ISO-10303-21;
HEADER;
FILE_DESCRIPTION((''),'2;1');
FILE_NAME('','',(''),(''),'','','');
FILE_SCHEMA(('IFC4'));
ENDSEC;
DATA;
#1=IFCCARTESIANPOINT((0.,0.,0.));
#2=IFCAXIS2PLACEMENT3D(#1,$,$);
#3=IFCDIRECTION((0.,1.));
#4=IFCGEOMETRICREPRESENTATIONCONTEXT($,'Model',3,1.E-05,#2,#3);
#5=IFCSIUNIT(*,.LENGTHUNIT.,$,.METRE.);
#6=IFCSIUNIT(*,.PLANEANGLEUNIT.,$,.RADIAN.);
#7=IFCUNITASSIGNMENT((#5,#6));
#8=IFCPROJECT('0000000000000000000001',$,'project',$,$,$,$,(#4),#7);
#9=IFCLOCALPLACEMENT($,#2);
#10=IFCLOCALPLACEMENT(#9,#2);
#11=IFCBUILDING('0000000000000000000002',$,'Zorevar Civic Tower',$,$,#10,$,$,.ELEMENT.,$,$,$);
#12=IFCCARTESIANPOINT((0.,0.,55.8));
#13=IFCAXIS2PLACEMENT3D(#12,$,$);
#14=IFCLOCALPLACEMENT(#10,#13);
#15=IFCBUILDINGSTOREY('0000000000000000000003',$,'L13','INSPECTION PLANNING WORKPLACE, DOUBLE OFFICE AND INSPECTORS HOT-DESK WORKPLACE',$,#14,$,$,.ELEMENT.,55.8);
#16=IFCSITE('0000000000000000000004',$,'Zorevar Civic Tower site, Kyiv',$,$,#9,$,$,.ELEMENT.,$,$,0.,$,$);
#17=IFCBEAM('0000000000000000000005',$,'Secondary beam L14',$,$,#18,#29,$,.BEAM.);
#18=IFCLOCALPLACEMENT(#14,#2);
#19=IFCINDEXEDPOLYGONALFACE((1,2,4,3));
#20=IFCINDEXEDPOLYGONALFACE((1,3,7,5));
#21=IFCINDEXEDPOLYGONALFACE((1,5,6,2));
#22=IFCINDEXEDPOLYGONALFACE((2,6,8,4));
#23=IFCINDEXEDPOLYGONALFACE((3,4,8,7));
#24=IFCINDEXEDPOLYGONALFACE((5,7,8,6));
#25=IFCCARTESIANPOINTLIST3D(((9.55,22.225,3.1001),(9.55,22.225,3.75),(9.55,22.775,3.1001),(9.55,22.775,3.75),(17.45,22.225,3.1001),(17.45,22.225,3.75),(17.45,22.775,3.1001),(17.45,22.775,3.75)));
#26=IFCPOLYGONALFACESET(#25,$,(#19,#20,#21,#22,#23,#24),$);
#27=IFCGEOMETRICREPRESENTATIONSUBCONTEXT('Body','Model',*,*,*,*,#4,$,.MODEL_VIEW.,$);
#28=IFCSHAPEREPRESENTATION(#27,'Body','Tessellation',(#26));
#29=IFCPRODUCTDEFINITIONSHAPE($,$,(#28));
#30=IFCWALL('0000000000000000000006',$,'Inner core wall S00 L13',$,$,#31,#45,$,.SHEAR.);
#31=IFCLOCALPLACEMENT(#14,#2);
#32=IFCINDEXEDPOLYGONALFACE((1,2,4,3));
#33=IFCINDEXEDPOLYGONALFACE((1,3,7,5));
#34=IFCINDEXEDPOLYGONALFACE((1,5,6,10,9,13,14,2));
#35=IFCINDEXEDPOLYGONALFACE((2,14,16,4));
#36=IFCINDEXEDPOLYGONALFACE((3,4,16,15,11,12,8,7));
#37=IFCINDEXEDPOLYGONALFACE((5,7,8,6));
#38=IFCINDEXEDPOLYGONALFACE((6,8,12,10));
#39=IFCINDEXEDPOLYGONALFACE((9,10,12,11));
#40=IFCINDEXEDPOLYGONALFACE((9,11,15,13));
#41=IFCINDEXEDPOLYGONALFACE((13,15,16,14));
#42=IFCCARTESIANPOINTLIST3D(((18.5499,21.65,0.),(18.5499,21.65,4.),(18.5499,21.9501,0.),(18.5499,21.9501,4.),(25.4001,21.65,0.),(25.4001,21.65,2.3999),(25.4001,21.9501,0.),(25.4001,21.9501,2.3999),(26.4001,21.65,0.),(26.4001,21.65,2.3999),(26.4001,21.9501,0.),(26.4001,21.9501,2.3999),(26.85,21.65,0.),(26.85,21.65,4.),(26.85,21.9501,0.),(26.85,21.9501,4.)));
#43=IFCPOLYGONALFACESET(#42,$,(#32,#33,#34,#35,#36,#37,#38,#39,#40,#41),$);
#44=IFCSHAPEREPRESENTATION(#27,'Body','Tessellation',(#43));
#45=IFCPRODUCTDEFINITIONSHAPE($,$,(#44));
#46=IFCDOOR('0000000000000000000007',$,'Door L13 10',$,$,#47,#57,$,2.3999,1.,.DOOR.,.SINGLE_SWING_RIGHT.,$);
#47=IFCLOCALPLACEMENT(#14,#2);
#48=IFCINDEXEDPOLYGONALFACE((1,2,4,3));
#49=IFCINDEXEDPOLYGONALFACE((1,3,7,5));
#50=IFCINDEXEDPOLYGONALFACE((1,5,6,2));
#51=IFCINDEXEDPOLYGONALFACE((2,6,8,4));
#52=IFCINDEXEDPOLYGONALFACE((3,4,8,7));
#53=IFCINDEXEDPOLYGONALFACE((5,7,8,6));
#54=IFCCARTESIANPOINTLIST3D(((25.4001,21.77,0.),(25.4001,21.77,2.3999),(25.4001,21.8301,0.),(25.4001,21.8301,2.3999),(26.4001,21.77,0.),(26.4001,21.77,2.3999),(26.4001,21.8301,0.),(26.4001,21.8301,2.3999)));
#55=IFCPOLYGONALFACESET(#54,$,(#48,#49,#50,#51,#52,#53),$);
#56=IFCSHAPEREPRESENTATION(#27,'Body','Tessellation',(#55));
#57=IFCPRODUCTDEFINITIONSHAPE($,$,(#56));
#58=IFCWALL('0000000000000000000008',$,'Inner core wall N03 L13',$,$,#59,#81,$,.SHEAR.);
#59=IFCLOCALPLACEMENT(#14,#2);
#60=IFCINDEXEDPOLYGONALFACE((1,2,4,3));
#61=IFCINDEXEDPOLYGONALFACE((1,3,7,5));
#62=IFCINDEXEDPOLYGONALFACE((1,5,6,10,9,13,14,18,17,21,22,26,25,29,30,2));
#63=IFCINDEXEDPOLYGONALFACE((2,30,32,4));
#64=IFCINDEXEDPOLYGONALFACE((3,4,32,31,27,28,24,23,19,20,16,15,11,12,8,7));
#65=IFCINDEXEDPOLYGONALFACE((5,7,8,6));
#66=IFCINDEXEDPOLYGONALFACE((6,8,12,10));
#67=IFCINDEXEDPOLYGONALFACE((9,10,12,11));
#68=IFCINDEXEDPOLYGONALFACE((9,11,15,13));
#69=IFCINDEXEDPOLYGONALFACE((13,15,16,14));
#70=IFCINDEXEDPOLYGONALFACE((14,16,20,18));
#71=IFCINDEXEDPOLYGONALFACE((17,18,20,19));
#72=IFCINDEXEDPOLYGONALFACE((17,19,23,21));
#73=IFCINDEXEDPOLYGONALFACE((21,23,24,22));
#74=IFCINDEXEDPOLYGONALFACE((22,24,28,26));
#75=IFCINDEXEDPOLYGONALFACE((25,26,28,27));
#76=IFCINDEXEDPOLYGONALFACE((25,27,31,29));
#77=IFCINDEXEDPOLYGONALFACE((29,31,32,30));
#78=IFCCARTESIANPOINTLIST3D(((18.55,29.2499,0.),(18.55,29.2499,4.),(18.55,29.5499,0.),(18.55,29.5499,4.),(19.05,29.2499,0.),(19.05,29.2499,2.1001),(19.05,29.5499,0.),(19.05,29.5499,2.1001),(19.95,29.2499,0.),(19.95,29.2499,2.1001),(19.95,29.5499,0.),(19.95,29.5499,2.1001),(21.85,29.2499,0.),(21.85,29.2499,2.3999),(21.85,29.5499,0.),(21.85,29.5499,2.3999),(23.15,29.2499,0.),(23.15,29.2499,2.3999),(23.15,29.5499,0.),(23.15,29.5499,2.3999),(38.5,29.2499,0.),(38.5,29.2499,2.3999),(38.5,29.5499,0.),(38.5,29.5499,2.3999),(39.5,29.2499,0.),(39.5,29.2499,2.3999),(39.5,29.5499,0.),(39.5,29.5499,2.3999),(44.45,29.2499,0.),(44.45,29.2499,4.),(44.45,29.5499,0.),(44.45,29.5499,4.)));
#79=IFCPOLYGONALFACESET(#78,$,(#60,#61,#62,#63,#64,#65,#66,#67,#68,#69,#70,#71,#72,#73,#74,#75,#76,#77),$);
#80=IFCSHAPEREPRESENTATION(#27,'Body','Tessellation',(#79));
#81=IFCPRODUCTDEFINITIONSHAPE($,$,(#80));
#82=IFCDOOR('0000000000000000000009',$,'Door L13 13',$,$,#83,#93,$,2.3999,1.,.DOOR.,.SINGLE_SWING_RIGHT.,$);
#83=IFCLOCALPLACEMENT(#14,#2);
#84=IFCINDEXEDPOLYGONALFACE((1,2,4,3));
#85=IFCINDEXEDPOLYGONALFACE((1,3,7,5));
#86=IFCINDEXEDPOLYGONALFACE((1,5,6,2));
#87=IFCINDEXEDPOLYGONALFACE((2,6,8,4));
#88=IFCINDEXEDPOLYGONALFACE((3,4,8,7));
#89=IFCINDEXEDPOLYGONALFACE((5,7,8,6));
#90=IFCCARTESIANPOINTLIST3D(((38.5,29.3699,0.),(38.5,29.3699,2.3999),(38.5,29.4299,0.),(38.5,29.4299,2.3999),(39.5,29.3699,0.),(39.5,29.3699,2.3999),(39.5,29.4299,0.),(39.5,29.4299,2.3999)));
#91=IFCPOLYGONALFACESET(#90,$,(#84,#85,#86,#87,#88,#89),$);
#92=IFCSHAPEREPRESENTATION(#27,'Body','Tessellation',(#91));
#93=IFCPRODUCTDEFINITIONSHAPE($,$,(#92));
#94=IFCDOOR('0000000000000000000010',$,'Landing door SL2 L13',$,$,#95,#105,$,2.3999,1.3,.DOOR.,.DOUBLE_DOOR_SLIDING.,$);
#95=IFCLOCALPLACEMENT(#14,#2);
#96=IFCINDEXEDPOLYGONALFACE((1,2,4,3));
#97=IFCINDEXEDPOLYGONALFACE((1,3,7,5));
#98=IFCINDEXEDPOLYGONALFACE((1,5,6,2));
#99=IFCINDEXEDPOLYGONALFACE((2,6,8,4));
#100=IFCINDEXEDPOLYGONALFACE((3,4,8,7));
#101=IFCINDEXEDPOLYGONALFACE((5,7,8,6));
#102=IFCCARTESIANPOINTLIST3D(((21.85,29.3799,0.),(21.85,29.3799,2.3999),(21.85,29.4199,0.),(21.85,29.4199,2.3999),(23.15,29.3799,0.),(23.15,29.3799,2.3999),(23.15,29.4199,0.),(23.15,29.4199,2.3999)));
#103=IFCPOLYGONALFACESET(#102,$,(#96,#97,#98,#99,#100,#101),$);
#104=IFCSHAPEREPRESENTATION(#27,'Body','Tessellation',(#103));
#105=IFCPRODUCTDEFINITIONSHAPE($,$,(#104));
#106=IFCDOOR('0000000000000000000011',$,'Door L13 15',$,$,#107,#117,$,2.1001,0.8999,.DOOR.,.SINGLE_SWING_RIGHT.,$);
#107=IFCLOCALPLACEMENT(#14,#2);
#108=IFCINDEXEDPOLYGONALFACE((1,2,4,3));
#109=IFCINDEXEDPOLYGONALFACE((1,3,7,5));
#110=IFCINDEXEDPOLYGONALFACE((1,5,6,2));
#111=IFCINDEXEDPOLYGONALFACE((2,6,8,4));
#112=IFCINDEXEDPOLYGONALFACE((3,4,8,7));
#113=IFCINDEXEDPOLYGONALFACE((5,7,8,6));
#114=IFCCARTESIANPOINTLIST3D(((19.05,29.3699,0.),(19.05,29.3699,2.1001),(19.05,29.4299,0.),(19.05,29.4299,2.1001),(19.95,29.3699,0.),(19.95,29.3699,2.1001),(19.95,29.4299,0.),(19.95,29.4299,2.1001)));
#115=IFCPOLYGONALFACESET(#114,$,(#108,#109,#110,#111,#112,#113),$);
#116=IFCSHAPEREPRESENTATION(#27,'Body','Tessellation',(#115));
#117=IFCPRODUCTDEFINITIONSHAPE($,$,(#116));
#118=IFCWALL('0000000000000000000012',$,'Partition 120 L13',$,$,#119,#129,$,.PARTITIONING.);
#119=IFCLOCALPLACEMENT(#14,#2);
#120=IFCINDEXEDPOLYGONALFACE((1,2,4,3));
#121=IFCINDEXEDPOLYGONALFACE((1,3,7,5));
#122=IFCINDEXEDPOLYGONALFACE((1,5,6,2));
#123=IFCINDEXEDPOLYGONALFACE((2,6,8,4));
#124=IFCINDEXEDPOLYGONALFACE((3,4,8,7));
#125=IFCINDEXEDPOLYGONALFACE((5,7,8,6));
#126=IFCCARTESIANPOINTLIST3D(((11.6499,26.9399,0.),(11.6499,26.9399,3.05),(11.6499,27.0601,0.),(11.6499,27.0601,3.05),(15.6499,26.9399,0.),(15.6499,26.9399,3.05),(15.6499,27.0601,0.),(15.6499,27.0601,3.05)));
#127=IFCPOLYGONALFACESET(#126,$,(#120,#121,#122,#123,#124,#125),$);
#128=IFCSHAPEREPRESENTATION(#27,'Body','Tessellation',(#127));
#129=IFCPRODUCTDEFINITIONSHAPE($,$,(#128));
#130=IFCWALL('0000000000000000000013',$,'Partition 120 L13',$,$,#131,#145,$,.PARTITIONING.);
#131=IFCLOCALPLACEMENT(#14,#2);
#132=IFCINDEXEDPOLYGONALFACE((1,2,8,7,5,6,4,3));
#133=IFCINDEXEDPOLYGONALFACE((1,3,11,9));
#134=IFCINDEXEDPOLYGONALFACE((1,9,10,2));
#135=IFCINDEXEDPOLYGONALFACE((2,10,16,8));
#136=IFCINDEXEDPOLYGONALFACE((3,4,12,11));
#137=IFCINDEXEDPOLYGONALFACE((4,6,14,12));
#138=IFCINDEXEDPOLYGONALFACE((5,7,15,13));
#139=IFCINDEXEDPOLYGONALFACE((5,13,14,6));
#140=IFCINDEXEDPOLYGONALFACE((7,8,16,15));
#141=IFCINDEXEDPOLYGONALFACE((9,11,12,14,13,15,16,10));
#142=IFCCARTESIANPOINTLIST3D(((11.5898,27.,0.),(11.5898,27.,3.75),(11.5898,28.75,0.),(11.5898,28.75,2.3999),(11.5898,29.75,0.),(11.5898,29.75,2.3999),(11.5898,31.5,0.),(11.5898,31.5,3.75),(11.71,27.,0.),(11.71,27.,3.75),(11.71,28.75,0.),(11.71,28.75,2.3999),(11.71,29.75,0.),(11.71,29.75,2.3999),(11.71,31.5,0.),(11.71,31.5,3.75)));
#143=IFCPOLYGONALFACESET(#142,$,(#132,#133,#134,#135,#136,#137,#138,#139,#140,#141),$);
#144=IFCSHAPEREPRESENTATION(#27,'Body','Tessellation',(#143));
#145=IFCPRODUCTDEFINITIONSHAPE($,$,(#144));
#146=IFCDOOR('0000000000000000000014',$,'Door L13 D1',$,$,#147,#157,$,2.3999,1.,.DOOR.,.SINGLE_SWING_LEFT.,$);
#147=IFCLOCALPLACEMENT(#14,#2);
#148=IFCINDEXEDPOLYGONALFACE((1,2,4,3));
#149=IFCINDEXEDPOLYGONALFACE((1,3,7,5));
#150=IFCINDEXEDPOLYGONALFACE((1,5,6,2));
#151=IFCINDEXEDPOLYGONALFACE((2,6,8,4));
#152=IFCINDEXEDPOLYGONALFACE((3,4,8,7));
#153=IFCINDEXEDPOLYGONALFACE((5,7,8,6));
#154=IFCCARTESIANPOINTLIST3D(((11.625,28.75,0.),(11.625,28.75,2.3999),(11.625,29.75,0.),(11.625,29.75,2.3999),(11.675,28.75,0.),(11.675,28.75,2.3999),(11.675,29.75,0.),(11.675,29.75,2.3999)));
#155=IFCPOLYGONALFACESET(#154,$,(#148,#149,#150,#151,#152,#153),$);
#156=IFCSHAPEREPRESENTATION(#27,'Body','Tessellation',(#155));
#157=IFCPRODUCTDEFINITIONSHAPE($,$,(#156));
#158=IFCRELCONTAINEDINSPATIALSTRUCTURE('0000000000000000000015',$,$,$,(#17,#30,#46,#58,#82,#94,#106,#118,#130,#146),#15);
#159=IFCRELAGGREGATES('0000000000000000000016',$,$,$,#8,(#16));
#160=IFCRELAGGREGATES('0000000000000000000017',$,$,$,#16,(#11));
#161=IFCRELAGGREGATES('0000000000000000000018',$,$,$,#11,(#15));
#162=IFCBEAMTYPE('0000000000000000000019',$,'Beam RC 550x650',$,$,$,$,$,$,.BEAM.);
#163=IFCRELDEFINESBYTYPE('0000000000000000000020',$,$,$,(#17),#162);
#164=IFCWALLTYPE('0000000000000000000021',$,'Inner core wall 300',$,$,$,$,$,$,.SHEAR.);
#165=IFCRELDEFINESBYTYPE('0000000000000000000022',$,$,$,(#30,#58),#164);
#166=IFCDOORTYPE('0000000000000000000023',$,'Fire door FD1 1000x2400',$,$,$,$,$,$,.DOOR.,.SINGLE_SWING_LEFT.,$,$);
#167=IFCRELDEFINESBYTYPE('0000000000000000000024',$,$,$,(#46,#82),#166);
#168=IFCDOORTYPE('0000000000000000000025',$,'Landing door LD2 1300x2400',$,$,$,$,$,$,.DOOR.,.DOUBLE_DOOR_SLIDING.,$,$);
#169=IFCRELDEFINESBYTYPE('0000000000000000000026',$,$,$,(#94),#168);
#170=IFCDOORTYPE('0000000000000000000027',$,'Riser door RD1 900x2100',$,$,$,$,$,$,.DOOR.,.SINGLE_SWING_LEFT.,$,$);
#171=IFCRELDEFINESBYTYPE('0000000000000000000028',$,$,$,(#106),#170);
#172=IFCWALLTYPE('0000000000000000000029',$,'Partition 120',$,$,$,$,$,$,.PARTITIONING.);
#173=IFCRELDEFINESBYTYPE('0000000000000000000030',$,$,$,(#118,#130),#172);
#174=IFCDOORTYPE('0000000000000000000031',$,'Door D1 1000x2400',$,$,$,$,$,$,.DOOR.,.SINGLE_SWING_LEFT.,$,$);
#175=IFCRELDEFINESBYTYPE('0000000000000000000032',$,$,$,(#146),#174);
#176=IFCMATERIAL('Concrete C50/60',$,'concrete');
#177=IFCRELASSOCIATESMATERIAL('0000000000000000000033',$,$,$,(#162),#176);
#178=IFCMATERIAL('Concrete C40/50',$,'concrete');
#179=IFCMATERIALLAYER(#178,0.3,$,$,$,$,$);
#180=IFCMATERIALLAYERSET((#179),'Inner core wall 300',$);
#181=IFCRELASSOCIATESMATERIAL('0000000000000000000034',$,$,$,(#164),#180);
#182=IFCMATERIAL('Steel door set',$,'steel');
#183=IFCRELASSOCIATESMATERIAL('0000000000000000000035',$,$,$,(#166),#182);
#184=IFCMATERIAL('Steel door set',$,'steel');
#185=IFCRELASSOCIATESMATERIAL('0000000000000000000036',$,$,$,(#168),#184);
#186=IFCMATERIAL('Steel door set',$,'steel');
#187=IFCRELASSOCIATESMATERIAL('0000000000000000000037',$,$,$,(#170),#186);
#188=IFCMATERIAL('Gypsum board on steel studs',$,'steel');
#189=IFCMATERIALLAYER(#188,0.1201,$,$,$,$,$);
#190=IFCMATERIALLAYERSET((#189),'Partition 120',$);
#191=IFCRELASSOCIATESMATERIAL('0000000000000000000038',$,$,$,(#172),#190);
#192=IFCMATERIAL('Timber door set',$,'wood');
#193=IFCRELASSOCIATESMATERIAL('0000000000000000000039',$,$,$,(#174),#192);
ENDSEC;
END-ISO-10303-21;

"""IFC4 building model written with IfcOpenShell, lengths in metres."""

from ifc_helpers import new_model, si_unit, direction, frame, frame_2d, origin, origin_2d, place, context, subcontext, project, spatial, rectangle, extrude, material, layer, layer_set, material_profile, profile_set, type_object, element, fill, save


model = new_model("IFC4")

# Units and contexts
model_context = context("Model", 3, precision=1e-05, world=origin(), true_north=direction((0.0, 1.0)))
body_context = subcontext(model_context, "Body", "Model", "MODEL_VIEW")
ifc_project = project(units=[si_unit("LENGTHUNIT", "METRE"), si_unit("PLANEANGLEUNIT", "RADIAN")], contexts=[model_context])

# Site, building, storey
site_placement = place(None, origin())
site = spatial("IfcSite", under=ifc_project, at=site_placement, Name="Zorevar Civic Tower site, Kyiv", CompositionType="ELEMENT", RefElevation=0.0)
building_placement = place(site_placement, origin())
building = spatial("IfcBuilding", under=site, at=building_placement, Name="Zorevar Civic Tower", CompositionType="ELEMENT")
storey_placement = place(building_placement, frame((0.0, 0.0, 55.8)))
storey = spatial("IfcBuildingStorey", under=building, at=storey_placement, Name="L13", Description="INSPECTION PLANNING WORKPLACE, DOUBLE OFFICE AND INSPECTORS HOT-DESK WORKPLACE", CompositionType="ELEMENT", Elevation=55.8)

# Beam
ifc_material_1 = material(Name="Concrete C50/60", Category="concrete")
ifc_material_profile = material_profile(ifc_material_1, rectangle(XDim=0.55, YDim=0.6499, at=origin_2d()), Name="RC 550x650")
ifc_profile_set = profile_set([ifc_material_profile], Name="Concrete C50/60")
beam_type = type_object("IfcBeamType", Name="Beam RC 550x650", PredefinedType="BEAM", material=ifc_profile_set)
beam_placement = place(storey_placement, frame((9.55, 22.5, 3.425), z_axis=(1.0, 0.0, 0.0), x_axis=(0.0, 1.0, 0.0)))
element("IfcBeam", 1, at=beam_placement, inside=storey, type_object=beam_type, Name="Secondary beam L14", PredefinedType="BEAM", context=body_context, shape_type="SweptSolid", body=[
    extrude(rectangle(XDim=0.55, YDim=0.6499, at=origin_2d()), origin(), (0.0, 0.0, 1.0), 7.8999),
])

# Wall, opening, door
ifc_material_2 = material(Name="Concrete C40/50", Category="concrete")
ifc_layer_1 = layer(ifc_material_2, 0.3)
ifc_layer_set_1 = layer_set([ifc_layer_1], Name="Inner core wall 300")
wall_type_1 = type_object("IfcWallType", Name="Inner core wall 300", PredefinedType="SHEAR", material=ifc_layer_set_1)
wall_1_placement = place(storey_placement, frame((18.55, 21.8, 0.0), z_axis=(0.0, 0.0, 1.0), x_axis=(1.0, 0.0, 0.0)))
wall_1 = element("IfcWall", 2, at=wall_1_placement, inside=storey, type_object=wall_type_1, Name="Inner core wall S00 L13", PredefinedType="SHEAR", context=body_context, shape_type="SweptSolid", body=[
    extrude(rectangle(XDim=8.3, YDim=0.3, at=frame_2d((4.1499, 0.0))), origin(), (0.0, 0.0, 1.0), 4.0),
])
opening_1_placement = place(wall_1_placement, frame((6.8501, 0.0, 0.0)))
opening_1 = element("IfcOpeningElement", 3, at=opening_1_placement, cuts=wall_1, PredefinedType="OPENING", context=body_context, shape_type="SweptSolid", body=[
    extrude(rectangle(XDim=1.0, YDim=2.3999, at=frame_2d((0.5, 1.2))), frame((0.0, 0.1599, 0.0), z_axis=(0.0, -1.0, 0.0), x_axis=(1.0, 0.0, 0.0)), (0.0, 0.0, 1.0), 0.3201),
])
ifc_material_3 = material(Name="Steel door set", Category="steel")
door_type_1 = type_object("IfcDoorType", Name="Fire door FD1 1000x2400", OperationType="SINGLE_SWING_LEFT", PredefinedType="DOOR", material=ifc_material_3)
door_1_placement = place(opening_1_placement, origin())
door_1 = element("IfcDoor", 4, at=door_1_placement, inside=storey, type_object=door_type_1, Name="Door L13 10", OperationType="SINGLE_SWING_RIGHT", OverallHeight=2.3999, OverallWidth=1.0, PredefinedType="DOOR", context=body_context, shape_type="SweptSolid", body=[
    extrude(rectangle(XDim=1.0, YDim=2.3999, at=frame_2d((0.5, 1.2))), frame((0.0, 0.03, 0.0), z_axis=(0.0, -1.0, 0.0), x_axis=(1.0, 0.0, 0.0)), (0.0, 0.0, 1.0), 0.0601),
])
fill(opening_1, door_1)

# Wall, openings, doors
ifc_material_4 = material(Name="Steel door set", Category="steel")
door_type_2 = type_object("IfcDoorType", Name="Landing door LD2 1300x2400", OperationType="DOUBLE_DOOR_SLIDING", PredefinedType="DOOR", material=ifc_material_4)
ifc_material_5 = material(Name="Steel door set", Category="steel")
door_type_3 = type_object("IfcDoorType", Name="Riser door RD1 900x2100", OperationType="SINGLE_SWING_LEFT", PredefinedType="DOOR", material=ifc_material_5)
wall_2_placement = place(storey_placement, frame((18.55, 29.3999, 0.0), z_axis=(0.0, 0.0, 1.0), x_axis=(1.0, 0.0, 0.0)))
wall_2 = element("IfcWall", 5, at=wall_2_placement, inside=storey, type_object=wall_type_1, Name="Inner core wall N03 L13", PredefinedType="SHEAR", context=body_context, shape_type="SweptSolid", body=[
    extrude(rectangle(XDim=25.8999, YDim=0.3, at=frame_2d((12.95, 0.0))), origin(), (0.0, 0.0, 1.0), 4.0),
])
opening_2_placement = place(wall_2_placement, frame((19.95, 0.0, 0.0)))
opening_2 = element("IfcOpeningElement", 6, at=opening_2_placement, cuts=wall_2, PredefinedType="OPENING", context=body_context, shape_type="SweptSolid", body=[
    extrude(rectangle(XDim=1.0, YDim=2.3999, at=frame_2d((0.5, 1.2))), frame((0.0, 0.1599, 0.0), z_axis=(0.0, -1.0, 0.0), x_axis=(1.0, 0.0, 0.0)), (0.0, 0.0, 1.0), 0.3201),
])
opening_3_placement = place(wall_2_placement, frame((0.5, 0.0, 0.0)))
opening_3 = element("IfcOpeningElement", 7, at=opening_3_placement, cuts=wall_2, PredefinedType="OPENING", context=body_context, shape_type="SweptSolid", body=[
    extrude(rectangle(XDim=0.8999, YDim=2.1001, at=frame_2d((0.45, 1.05))), frame((0.0, 0.1599, 0.0), z_axis=(0.0, -1.0, 0.0), x_axis=(1.0, 0.0, 0.0)), (0.0, 0.0, 1.0), 0.3201),
])
opening_4_placement = place(wall_2_placement, frame((3.3, 0.0, 0.0)))
opening_4 = element("IfcOpeningElement", 8, at=opening_4_placement, cuts=wall_2, PredefinedType="OPENING", context=body_context, shape_type="SweptSolid", body=[
    extrude(rectangle(XDim=1.3, YDim=2.3999, at=frame_2d((0.6499, 1.2))), frame((0.0, 0.1599, 0.0), z_axis=(0.0, -1.0, 0.0), x_axis=(1.0, 0.0, 0.0)), (0.0, 0.0, 1.0), 0.3201),
])
door_2_placement = place(opening_2_placement, origin())
door_2 = element("IfcDoor", 9, at=door_2_placement, inside=storey, type_object=door_type_1, Name="Door L13 13", OperationType="SINGLE_SWING_RIGHT", OverallHeight=2.3999, OverallWidth=1.0, PredefinedType="DOOR", context=body_context, shape_type="SweptSolid", body=[
    extrude(rectangle(XDim=1.0, YDim=2.3999, at=frame_2d((0.5, 1.2))), frame((0.0, 0.03, 0.0), z_axis=(0.0, -1.0, 0.0), x_axis=(1.0, 0.0, 0.0)), (0.0, 0.0, 1.0), 0.0601),
])
fill(opening_2, door_2)
door_3_placement = place(opening_4_placement, origin())
door_3 = element("IfcDoor", 10, at=door_3_placement, inside=storey, type_object=door_type_2, Name="Landing door SL2 L13", OperationType="DOUBLE_DOOR_SLIDING", OverallHeight=2.3999, OverallWidth=1.3, PredefinedType="DOOR", context=body_context, shape_type="SweptSolid", body=[
    extrude(rectangle(XDim=1.3, YDim=2.3999, at=frame_2d((0.6499, 1.2))), frame((0.0, 0.02, 0.0), z_axis=(0.0, -1.0, 0.0), x_axis=(1.0, 0.0, 0.0)), (0.0, 0.0, 1.0), 0.04),
])
fill(opening_4, door_3)
door_4_placement = place(opening_3_placement, origin())
door_4 = element("IfcDoor", 11, at=door_4_placement, inside=storey, type_object=door_type_3, Name="Door L13 15", OperationType="SINGLE_SWING_RIGHT", OverallHeight=2.1001, OverallWidth=0.8999, PredefinedType="DOOR", context=body_context, shape_type="SweptSolid", body=[
    extrude(rectangle(XDim=0.8999, YDim=2.1001, at=frame_2d((0.45, 1.05))), frame((0.0, 0.03, 0.0), z_axis=(0.0, -1.0, 0.0), x_axis=(1.0, 0.0, 0.0)), (0.0, 0.0, 1.0), 0.0601),
])
fill(opening_3, door_4)

# Wall
ifc_material_6 = material(Name="Gypsum board on steel studs", Category="steel")
ifc_layer_2 = layer(ifc_material_6, 0.1201)
ifc_layer_set_2 = layer_set([ifc_layer_2], Name="Partition 120")
wall_type_2 = type_object("IfcWallType", Name="Partition 120", PredefinedType="PARTITIONING", material=ifc_layer_set_2)
wall_3_placement = place(storey_placement, frame((11.6499, 27.0, 0.0), z_axis=(0.0, 0.0, 1.0), x_axis=(1.0, 0.0, 0.0)))
element("IfcWall", 12, at=wall_3_placement, inside=storey, type_object=wall_type_2, Name="Partition 120 L13", PredefinedType="PARTITIONING", context=body_context, shape_type="SweptSolid", body=[
    extrude(rectangle(XDim=4.0, YDim=0.1201, at=frame_2d((2.0, 0.0))), origin(), (0.0, 0.0, 1.0), 3.05),
])

# Wall, opening, door
wall_4_placement = place(storey_placement, frame((11.6499, 27.0, 0.0), z_axis=(0.0, 0.0, 1.0), x_axis=(0.0, 1.0, 0.0)))
wall_4 = element("IfcWall", 13, at=wall_4_placement, inside=storey, type_object=wall_type_2, Name="Partition 120 L13", PredefinedType="PARTITIONING", context=body_context, shape_type="SweptSolid", body=[
    extrude(rectangle(XDim=4.5, YDim=0.1201, at=frame_2d((2.25, 0.0))), origin(), (0.0, 0.0, 1.0), 3.75),
])
opening_5_placement = place(wall_4_placement, frame((1.75, 0.0, 0.0)))
opening_5 = element("IfcOpeningElement", 14, at=opening_5_placement, cuts=wall_4, PredefinedType="OPENING", context=body_context, shape_type="SweptSolid", body=[
    extrude(rectangle(XDim=1.0, YDim=2.3999, at=frame_2d((0.5, 1.2))), frame((0.0, 0.0701, 0.0), z_axis=(0.0, -1.0, 0.0), x_axis=(1.0, 0.0, 0.0)), (0.0, 0.0, 1.0), 0.1401),
])
ifc_material_7 = material(Name="Timber door set", Category="wood")
door_type_4 = type_object("IfcDoorType", Name="Door D1 1000x2400", OperationType="SINGLE_SWING_LEFT", PredefinedType="DOOR", material=ifc_material_7)
door_5_placement = place(opening_5_placement, origin())
door_5 = element("IfcDoor", 15, at=door_5_placement, inside=storey, type_object=door_type_4, Name="Door L13 D1", OperationType="SINGLE_SWING_LEFT", OverallHeight=2.3999, OverallWidth=1.0, PredefinedType="DOOR", context=body_context, shape_type="SweptSolid", body=[
    extrude(rectangle(XDim=1.0, YDim=2.3999, at=frame_2d((0.5, 1.2))), frame((0.0, 0.0249, 0.0), z_axis=(0.0, -1.0, 0.0), x_axis=(1.0, 0.0, 0.0)), (0.0, 0.0, 1.0), 0.05),
])
fill(opening_5, door_5)

save(model, "model.ifc")
